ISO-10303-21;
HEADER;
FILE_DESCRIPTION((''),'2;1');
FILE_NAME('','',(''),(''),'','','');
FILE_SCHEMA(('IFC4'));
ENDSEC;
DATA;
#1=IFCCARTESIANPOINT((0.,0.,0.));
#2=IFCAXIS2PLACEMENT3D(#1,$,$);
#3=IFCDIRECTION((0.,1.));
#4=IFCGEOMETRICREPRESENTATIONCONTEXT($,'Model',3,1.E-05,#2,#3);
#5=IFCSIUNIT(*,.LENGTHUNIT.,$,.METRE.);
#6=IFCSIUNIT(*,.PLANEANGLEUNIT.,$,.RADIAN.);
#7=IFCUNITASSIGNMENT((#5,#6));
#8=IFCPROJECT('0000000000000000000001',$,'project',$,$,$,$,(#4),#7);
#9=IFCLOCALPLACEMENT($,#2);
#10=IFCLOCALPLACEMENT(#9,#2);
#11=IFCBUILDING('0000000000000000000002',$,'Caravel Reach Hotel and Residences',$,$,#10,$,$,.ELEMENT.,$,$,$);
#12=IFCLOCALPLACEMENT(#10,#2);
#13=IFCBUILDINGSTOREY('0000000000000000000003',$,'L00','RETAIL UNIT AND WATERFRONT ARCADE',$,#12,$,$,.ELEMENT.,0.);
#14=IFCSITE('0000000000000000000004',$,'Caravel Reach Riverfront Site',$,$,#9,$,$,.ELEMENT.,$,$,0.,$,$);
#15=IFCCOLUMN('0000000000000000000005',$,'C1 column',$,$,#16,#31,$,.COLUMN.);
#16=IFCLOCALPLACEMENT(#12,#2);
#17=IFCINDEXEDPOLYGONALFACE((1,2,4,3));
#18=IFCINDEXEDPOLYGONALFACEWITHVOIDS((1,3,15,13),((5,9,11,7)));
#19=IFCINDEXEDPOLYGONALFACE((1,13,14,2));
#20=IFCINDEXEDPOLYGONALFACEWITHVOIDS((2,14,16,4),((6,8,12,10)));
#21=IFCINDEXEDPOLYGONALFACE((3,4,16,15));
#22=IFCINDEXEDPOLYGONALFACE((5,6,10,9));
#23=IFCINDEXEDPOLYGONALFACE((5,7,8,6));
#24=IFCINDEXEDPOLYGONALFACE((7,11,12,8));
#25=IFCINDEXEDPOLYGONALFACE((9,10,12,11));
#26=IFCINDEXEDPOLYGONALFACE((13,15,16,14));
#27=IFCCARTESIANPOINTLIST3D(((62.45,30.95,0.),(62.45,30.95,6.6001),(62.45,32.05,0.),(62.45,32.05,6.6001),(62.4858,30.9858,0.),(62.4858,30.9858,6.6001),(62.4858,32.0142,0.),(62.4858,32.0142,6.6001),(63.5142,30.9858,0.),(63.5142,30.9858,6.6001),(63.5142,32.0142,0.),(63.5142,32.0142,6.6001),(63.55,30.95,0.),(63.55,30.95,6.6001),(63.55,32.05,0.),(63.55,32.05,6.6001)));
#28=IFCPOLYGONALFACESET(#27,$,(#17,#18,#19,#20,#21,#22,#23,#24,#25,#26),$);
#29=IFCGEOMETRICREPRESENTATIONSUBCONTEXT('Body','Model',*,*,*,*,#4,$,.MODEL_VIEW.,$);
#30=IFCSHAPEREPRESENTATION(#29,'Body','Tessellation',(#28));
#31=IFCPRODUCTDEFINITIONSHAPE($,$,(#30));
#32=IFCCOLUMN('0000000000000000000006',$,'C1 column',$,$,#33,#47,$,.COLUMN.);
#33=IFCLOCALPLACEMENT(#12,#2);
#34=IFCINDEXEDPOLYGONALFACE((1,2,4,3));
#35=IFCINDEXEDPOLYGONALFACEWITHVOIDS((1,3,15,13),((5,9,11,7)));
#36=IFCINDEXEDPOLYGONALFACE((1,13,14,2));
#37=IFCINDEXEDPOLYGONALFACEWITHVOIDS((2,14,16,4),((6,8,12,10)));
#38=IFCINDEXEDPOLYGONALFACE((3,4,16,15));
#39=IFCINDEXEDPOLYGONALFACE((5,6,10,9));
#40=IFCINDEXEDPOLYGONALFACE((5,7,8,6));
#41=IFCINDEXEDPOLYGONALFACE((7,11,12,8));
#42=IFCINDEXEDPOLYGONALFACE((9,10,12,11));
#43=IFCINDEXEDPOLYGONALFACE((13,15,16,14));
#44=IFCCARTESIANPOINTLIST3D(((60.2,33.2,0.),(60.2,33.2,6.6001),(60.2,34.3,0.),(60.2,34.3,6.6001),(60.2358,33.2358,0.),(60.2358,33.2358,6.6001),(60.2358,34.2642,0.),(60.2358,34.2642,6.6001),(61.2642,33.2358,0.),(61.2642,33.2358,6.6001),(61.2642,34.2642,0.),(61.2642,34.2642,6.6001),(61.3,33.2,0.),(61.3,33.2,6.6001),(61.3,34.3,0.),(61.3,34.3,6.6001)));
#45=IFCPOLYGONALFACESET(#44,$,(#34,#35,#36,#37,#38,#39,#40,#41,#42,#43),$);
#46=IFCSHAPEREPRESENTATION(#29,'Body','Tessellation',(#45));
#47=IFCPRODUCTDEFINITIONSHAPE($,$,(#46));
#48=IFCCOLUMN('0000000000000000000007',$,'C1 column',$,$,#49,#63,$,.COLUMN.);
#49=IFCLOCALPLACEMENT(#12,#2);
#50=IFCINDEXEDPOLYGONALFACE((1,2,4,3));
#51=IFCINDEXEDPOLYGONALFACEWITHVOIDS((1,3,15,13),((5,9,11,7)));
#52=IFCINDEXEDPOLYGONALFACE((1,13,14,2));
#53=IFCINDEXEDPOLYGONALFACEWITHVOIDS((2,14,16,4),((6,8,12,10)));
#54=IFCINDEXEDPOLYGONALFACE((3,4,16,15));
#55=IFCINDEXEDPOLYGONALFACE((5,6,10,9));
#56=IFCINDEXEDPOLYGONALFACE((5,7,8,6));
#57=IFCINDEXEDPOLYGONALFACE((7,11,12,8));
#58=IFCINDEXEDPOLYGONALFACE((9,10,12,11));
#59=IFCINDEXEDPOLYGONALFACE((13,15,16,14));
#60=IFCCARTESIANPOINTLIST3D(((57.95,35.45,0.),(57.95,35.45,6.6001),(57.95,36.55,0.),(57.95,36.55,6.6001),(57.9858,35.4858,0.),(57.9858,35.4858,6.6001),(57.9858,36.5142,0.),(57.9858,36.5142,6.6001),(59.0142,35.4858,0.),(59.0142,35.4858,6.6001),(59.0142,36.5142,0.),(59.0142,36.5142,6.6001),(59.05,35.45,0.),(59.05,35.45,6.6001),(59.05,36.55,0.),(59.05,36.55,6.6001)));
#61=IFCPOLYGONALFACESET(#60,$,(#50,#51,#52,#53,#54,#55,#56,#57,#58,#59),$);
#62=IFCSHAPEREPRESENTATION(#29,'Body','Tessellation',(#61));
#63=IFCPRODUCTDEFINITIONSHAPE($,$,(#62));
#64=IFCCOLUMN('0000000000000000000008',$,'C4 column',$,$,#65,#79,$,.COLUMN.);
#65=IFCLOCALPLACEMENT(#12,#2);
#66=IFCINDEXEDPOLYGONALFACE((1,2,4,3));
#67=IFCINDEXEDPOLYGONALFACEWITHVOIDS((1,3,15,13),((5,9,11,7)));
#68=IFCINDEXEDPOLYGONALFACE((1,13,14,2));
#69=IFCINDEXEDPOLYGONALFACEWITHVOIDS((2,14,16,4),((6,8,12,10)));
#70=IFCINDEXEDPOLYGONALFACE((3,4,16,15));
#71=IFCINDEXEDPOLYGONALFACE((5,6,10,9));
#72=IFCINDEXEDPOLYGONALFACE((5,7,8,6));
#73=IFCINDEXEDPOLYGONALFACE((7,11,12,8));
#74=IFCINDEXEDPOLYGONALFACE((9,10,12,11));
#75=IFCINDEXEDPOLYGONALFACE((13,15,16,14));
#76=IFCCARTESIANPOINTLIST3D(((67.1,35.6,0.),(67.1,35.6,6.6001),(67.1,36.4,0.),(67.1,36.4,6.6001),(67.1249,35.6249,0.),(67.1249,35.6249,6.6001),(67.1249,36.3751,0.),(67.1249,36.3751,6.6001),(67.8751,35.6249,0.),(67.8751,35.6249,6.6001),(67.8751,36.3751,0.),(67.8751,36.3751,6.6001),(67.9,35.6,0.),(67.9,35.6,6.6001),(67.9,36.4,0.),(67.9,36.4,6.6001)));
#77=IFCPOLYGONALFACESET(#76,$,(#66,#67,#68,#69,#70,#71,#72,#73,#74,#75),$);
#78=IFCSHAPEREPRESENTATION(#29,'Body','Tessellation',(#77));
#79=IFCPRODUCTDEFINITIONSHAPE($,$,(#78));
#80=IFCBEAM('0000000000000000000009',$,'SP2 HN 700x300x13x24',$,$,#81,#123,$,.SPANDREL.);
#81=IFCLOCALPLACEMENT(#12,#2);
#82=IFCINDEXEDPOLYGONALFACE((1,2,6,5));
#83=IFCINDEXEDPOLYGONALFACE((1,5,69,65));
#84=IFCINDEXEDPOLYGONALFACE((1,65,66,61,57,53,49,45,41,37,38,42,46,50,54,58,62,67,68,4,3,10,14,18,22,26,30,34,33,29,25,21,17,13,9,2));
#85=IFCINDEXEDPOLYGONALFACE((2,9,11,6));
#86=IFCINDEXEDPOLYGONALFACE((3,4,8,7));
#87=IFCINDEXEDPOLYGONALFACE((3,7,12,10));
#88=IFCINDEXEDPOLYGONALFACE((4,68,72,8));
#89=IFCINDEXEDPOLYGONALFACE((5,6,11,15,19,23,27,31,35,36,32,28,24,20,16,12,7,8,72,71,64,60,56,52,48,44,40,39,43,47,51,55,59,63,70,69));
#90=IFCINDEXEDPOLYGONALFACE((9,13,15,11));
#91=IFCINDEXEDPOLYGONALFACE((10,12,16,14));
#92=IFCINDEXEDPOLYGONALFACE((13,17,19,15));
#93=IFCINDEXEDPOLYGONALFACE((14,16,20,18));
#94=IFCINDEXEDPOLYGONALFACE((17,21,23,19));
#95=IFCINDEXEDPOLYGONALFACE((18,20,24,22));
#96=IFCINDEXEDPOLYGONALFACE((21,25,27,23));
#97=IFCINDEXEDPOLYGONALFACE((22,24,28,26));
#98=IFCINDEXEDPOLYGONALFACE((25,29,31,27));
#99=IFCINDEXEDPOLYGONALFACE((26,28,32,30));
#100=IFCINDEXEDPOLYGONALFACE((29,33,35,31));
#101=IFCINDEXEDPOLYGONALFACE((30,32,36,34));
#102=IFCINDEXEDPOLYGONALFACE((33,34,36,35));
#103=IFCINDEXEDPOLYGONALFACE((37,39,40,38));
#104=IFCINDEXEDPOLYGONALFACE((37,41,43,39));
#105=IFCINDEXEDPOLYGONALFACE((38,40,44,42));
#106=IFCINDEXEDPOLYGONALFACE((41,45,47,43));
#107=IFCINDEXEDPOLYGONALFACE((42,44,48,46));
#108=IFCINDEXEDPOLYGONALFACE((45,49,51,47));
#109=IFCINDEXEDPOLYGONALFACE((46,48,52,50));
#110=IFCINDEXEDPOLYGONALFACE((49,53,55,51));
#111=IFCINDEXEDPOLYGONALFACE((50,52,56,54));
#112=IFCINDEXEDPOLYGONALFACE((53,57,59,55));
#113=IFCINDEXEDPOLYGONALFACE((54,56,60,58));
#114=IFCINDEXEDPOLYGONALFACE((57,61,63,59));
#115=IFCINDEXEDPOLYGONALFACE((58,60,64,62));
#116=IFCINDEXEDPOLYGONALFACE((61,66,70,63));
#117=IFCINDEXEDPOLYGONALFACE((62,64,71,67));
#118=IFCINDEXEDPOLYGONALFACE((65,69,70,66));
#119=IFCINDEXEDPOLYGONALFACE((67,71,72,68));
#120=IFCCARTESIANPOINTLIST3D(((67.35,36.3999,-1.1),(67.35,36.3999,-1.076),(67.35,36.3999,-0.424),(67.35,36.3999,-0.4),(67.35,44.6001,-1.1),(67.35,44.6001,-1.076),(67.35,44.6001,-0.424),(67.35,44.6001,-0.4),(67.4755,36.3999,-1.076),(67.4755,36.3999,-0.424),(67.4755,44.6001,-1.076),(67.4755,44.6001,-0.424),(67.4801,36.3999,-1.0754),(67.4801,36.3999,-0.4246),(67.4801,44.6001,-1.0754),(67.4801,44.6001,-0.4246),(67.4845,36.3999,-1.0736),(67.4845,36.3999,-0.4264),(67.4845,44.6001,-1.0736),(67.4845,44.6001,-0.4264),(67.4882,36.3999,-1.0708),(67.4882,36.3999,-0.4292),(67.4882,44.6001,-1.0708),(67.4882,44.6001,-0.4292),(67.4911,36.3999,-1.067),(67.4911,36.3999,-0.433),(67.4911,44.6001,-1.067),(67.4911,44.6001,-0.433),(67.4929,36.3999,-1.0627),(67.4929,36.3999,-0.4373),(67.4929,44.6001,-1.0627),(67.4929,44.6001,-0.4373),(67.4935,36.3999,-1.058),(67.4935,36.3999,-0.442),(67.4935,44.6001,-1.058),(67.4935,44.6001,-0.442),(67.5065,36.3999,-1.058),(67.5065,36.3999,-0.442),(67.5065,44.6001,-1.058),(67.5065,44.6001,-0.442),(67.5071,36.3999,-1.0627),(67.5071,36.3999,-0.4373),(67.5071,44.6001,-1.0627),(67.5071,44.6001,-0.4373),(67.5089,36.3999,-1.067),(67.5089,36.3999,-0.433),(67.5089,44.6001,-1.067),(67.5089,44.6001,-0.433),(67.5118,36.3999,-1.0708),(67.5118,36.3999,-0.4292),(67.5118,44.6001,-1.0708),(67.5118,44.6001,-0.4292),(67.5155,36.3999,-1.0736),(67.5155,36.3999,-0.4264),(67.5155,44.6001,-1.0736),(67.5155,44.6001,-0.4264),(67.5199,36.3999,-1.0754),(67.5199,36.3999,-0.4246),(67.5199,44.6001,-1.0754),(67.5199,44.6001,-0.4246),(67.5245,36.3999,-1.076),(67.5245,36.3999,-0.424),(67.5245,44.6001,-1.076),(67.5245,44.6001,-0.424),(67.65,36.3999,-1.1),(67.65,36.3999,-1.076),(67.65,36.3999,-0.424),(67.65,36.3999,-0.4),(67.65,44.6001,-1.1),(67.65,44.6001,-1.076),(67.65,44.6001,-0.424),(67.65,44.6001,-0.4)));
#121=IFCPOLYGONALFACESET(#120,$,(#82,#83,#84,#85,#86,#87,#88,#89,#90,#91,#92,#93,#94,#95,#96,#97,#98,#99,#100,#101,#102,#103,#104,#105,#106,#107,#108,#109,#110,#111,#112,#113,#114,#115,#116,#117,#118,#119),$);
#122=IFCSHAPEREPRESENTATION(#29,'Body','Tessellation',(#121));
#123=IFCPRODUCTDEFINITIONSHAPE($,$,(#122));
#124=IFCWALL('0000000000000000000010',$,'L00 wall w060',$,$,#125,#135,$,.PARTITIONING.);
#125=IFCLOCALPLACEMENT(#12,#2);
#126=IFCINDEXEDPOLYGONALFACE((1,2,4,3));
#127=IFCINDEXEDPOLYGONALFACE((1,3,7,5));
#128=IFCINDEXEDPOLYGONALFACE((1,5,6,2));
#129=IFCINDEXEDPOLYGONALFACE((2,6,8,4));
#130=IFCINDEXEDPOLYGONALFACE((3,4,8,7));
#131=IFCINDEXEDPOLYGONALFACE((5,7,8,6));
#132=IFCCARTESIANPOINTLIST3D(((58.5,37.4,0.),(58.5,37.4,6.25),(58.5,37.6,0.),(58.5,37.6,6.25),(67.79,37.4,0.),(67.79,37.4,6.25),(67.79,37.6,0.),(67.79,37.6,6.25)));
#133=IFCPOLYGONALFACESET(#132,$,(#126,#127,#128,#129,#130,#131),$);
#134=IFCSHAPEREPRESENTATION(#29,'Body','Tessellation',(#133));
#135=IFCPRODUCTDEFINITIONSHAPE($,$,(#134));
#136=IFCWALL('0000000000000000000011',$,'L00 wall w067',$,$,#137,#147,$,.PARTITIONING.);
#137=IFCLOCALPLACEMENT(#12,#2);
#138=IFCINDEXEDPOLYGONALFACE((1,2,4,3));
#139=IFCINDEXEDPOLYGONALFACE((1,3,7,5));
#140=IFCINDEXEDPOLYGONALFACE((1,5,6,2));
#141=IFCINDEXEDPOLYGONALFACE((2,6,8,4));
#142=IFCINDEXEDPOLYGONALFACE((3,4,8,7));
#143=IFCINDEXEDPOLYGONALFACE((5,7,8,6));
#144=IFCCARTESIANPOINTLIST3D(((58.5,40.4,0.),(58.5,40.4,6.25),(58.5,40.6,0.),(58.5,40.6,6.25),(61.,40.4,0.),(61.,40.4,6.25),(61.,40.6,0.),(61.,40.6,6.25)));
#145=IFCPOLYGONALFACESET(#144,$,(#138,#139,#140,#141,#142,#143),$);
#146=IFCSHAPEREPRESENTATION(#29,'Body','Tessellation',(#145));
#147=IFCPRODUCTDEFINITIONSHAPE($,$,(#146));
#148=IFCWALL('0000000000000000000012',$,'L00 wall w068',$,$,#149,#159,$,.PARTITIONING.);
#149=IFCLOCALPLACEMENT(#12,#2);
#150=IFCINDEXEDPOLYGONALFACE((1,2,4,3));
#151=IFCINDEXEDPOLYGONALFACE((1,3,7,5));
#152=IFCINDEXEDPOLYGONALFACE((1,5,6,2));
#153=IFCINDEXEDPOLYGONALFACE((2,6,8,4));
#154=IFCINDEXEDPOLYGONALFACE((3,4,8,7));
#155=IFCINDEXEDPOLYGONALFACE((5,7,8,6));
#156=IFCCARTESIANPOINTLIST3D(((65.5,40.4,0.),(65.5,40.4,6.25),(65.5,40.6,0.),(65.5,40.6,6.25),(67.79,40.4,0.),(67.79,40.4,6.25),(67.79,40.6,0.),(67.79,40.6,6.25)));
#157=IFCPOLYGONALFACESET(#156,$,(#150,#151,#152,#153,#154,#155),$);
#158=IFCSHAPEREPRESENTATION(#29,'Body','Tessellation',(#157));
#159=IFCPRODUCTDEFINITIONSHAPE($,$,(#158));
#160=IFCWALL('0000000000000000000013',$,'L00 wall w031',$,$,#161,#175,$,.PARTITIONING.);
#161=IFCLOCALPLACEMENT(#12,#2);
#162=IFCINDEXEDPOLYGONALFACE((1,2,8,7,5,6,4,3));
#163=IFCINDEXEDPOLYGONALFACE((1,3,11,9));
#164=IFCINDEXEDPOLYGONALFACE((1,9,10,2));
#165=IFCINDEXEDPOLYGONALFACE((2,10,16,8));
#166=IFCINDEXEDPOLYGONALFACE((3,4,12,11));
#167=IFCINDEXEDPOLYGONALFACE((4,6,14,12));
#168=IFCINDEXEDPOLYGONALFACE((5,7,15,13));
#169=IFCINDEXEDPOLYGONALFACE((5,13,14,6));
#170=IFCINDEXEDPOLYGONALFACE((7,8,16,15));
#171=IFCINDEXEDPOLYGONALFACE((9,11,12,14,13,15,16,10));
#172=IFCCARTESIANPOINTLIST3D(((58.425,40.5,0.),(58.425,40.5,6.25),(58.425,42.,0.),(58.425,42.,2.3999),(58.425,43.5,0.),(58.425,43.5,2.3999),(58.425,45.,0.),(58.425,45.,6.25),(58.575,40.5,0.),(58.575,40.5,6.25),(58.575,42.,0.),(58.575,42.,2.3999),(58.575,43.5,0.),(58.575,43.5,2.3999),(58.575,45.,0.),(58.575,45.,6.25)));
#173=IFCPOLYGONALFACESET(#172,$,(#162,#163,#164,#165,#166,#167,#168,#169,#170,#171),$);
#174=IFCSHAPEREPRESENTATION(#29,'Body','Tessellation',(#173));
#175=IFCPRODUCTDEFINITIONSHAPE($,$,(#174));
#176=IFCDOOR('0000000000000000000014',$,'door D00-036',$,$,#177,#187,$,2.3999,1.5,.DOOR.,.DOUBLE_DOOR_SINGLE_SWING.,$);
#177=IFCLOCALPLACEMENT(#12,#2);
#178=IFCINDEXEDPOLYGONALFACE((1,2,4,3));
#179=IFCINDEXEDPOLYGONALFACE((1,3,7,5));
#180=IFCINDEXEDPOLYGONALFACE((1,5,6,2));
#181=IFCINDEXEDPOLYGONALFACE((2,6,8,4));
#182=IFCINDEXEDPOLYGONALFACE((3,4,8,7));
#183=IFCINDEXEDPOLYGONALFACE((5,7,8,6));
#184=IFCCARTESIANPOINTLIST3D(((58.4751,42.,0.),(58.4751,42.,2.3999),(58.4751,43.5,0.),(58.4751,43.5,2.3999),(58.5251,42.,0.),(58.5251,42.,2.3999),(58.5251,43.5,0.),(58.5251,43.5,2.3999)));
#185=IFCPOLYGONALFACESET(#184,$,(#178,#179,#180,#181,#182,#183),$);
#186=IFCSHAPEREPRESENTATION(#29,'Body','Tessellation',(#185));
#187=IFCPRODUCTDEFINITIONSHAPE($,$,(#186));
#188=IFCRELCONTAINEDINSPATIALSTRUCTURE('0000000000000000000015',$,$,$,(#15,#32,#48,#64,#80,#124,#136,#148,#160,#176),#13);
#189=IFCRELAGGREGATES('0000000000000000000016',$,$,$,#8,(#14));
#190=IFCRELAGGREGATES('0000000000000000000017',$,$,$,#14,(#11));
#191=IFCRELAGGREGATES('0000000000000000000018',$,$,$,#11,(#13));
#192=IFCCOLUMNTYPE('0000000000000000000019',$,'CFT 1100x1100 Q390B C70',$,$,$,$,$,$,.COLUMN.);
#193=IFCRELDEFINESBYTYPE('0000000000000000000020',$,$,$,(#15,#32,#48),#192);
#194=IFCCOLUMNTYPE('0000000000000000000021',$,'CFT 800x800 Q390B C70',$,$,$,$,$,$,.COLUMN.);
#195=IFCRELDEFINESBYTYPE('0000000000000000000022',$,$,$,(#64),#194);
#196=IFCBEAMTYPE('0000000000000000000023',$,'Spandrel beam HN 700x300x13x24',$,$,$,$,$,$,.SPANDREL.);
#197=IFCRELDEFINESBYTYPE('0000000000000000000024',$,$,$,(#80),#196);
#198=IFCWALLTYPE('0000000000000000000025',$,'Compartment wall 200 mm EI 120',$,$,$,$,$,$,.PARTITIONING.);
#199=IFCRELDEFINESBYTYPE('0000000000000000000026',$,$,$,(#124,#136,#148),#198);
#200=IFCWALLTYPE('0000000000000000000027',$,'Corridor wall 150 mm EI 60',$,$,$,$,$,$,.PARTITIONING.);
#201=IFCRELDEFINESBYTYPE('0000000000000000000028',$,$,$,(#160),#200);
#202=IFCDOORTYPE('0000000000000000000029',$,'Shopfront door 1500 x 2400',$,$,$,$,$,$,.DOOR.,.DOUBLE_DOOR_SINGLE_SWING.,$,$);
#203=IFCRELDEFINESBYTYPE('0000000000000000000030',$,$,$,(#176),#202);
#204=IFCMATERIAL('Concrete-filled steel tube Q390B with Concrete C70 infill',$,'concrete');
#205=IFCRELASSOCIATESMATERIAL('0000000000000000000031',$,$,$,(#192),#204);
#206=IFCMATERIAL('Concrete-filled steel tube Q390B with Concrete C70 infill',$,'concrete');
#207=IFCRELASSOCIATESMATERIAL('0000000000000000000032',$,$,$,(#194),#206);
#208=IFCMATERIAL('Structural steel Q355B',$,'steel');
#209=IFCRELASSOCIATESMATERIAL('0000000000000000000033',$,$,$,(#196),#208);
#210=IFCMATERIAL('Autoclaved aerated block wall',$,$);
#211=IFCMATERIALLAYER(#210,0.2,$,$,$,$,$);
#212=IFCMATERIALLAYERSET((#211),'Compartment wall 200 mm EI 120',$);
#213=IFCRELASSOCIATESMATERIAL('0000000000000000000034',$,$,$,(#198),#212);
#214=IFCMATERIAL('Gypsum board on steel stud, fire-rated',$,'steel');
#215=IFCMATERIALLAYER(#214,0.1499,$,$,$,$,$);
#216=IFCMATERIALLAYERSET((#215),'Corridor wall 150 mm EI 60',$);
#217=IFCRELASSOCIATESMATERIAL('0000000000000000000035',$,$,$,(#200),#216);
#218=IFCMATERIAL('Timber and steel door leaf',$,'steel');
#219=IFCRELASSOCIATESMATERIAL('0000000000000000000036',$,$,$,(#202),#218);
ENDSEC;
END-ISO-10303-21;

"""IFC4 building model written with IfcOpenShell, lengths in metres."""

from ifc_helpers import new_model, si_unit, direction, frame, frame_2d, origin, origin_2d, place, context, subcontext, project, spatial, rectangle, hollow_rectangle, i_section, extrude, material, layer, layer_set, material_profile, profile_set, type_object, element, fill, save


model = new_model("IFC4")

# Units and contexts
model_context = context("Model", 3, precision=1e-05, world=origin(), true_north=direction((0.0, 1.0)))
body_context = subcontext(model_context, "Body", "Model", "MODEL_VIEW")
ifc_project = project(units=[si_unit("LENGTHUNIT", "METRE"), si_unit("PLANEANGLEUNIT", "RADIAN")], contexts=[model_context])

# Site, building, storey
site_placement = place(None, origin())
site = spatial("IfcSite", under=ifc_project, at=site_placement, Name="Caravel Reach Riverfront Site", CompositionType="ELEMENT", RefElevation=0.0)
building_placement = place(site_placement, origin())
building = spatial("IfcBuilding", under=site, at=building_placement, Name="Caravel Reach Hotel and Residences", CompositionType="ELEMENT")
storey_placement = place(building_placement, origin())
storey = spatial("IfcBuildingStorey", under=building, at=storey_placement, Name="L00", Description="RETAIL UNIT AND WATERFRONT ARCADE", CompositionType="ELEMENT", Elevation=0.0)

# Columns
ifc_material_1 = material(Name="Concrete-filled steel tube Q390B with Concrete C70 infill", Category="concrete")
ifc_material_profile_1 = material_profile(ifc_material_1, hollow_rectangle(XDim=1.1001, YDim=1.1001, WallThickness=0.0359, at=origin_2d()), Name="RHS 1100x1100x36")
ifc_profile_set_1 = profile_set([ifc_material_profile_1], Name="Concrete-filled steel tube Q390B with Concrete C70 infill")
column_type_1 = type_object("IfcColumnType", Name="CFT 1100x1100 Q390B C70", PredefinedType="COLUMN", material=ifc_profile_set_1)
for number, where, z_axis, x_axis, name in (
    (1, (63.0, 31.5, 0.0), (0.0, 0.0, 1.0), (1.0, 0.0, 0.0), "C1 column"),
    (2, (60.75, 33.75, 0.0), (0.0, 0.0, 1.0), (1.0, 0.0, 0.0), "C1 column"),
    (3, (58.5, 36.0, 0.0), (0.0, 0.0, 1.0), (1.0, 0.0, 0.0), "C1 column"),
):
    element("IfcColumn", number, at=place(storey_placement, frame(where, z_axis=z_axis, x_axis=x_axis)), inside=storey, type_object=column_type_1, Name=name, PredefinedType="COLUMN", context=body_context, shape_type="SweptSolid", body=[
        extrude(hollow_rectangle(XDim=1.1001, YDim=1.1001, WallThickness=0.0359, at=origin_2d()), origin(), (0.0, 0.0, 1.0), 6.6001),
    ])
ifc_material_2 = material(Name="Concrete-filled steel tube Q390B with Concrete C70 infill", Category="concrete")
ifc_material_profile_2 = material_profile(ifc_material_2, hollow_rectangle(XDim=0.8, YDim=0.8, WallThickness=0.0249, at=origin_2d()), Name="RHS 800x800x25")
ifc_profile_set_2 = profile_set([ifc_material_profile_2], Name="Concrete-filled steel tube Q390B with Concrete C70 infill")
column_type_2 = type_object("IfcColumnType", Name="CFT 800x800 Q390B C70", PredefinedType="COLUMN", material=ifc_profile_set_2)
column_placement = place(storey_placement, frame((67.5, 36.0, 0.0), z_axis=(0.0, 0.0, 1.0), x_axis=(1.0, 0.0, 0.0)))
element("IfcColumn", 4, at=column_placement, inside=storey, type_object=column_type_2, Name="C4 column", PredefinedType="COLUMN", context=body_context, shape_type="SweptSolid", body=[
    extrude(hollow_rectangle(XDim=0.8, YDim=0.8, WallThickness=0.0249, at=origin_2d()), origin(), (0.0, 0.0, 1.0), 6.6001),
])

# Beam
ifc_material_3 = material(Name="Structural steel Q355B", Category="steel")
ifc_material_profile_3 = material_profile(ifc_material_3, i_section(OverallWidth=0.3, OverallDepth=0.7, WebThickness=0.0129, FlangeThickness=0.0239, FilletRadius=0.0181, at=origin_2d()), Name="HN 700x300x13x24")
ifc_profile_set_3 = profile_set([ifc_material_profile_3], Name="Structural steel Q355B")
beam_type = type_object("IfcBeamType", Name="Spandrel beam HN 700x300x13x24", PredefinedType="SPANDREL", material=ifc_profile_set_3)
beam_placement = place(storey_placement, frame((67.5, 36.3999, -0.75), z_axis=(0.0, 1.0, 0.0), x_axis=(-1.0, 0.0, 0.0)))
element("IfcBeam", 5, at=beam_placement, inside=storey, type_object=beam_type, Name="SP2 HN 700x300x13x24", PredefinedType="SPANDREL", context=body_context, shape_type="SweptSolid", body=[
    extrude(i_section(OverallWidth=0.3, OverallDepth=0.7, WebThickness=0.0129, FlangeThickness=0.0239, FilletRadius=0.0181, at=origin_2d()), origin(), (0.0, 0.0, 1.0), 8.2002),
])

# Walls
ifc_material_4 = material(Name="Autoclaved aerated block wall")
ifc_layer_1 = layer(ifc_material_4, 0.2)
ifc_layer_set_1 = layer_set([ifc_layer_1], Name="Compartment wall 200 mm EI 120")
wall_type_1 = type_object("IfcWallType", Name="Compartment wall 200 mm EI 120", PredefinedType="PARTITIONING", material=ifc_layer_set_1)
wall_1_placement = place(storey_placement, frame((58.5, 37.5, 0.0), z_axis=(0.0, 0.0, 1.0), x_axis=(1.0, 0.0, 0.0)))
element("IfcWall", 6, at=wall_1_placement, inside=storey, type_object=wall_type_1, Name="L00 wall w060", PredefinedType="PARTITIONING", context=body_context, shape_type="SweptSolid", body=[
    extrude(rectangle(XDim=9.29, YDim=0.2, at=frame_2d((4.645, 0.0))), origin(), (0.0, 0.0, 1.0), 6.25),
])
wall_2_placement = place(storey_placement, frame((58.5, 40.5, 0.0), z_axis=(0.0, 0.0, 1.0), x_axis=(1.0, 0.0, 0.0)))
element("IfcWall", 7, at=wall_2_placement, inside=storey, type_object=wall_type_1, Name="L00 wall w067", PredefinedType="PARTITIONING", context=body_context, shape_type="SweptSolid", body=[
    extrude(rectangle(XDim=2.5, YDim=0.2, at=frame_2d((1.25, 0.0))), origin(), (0.0, 0.0, 1.0), 6.25),
])
wall_3_placement = place(storey_placement, frame((65.5, 40.5, 0.0), z_axis=(0.0, 0.0, 1.0), x_axis=(1.0, 0.0, 0.0)))
element("IfcWall", 8, at=wall_3_placement, inside=storey, type_object=wall_type_1, Name="L00 wall w068", PredefinedType="PARTITIONING", context=body_context, shape_type="SweptSolid", body=[
    extrude(rectangle(XDim=2.29, YDim=0.2, at=frame_2d((1.145, 0.0))), origin(), (0.0, 0.0, 1.0), 6.25),
])

# Wall, opening, door
ifc_material_5 = material(Name="Gypsum board on steel stud, fire-rated", Category="steel")
ifc_layer_2 = layer(ifc_material_5, 0.1499)
ifc_layer_set_2 = layer_set([ifc_layer_2], Name="Corridor wall 150 mm EI 60")
wall_type_2 = type_object("IfcWallType", Name="Corridor wall 150 mm EI 60", PredefinedType="PARTITIONING", material=ifc_layer_set_2)
wall_4_placement = place(storey_placement, frame((58.5, 40.5, 0.0), z_axis=(0.0, 0.0, 1.0), x_axis=(0.0, 1.0, 0.0)))
wall_4 = element("IfcWall", 9, at=wall_4_placement, inside=storey, type_object=wall_type_2, Name="L00 wall w031", PredefinedType="PARTITIONING", context=body_context, shape_type="SweptSolid", body=[
    extrude(rectangle(XDim=4.5, YDim=0.1499, at=frame_2d((2.25, 0.0))), origin(), (0.0, 0.0, 1.0), 6.25),
])
opening_1_placement = place(wall_4_placement, frame((1.5, 0.0, 0.0)))
opening_1 = element("IfcOpeningElement", 10, at=opening_1_placement, cuts=wall_4, PredefinedType="OPENING", context=body_context, shape_type="SweptSolid", body=[
    extrude(rectangle(XDim=1.5, YDim=2.3999, at=frame_2d((0.75, 1.2))), frame((0.0, 0.085, 0.0), z_axis=(0.0, -1.0, 0.0), x_axis=(1.0, 0.0, 0.0)), (0.0, 0.0, 1.0), 0.1699),
])
ifc_material_6 = material(Name="Timber and steel door leaf", Category="steel")
door_type_1 = type_object("IfcDoorType", Name="Shopfront door 1500 x 2400", OperationType="DOUBLE_DOOR_SINGLE_SWING", PredefinedType="DOOR", material=ifc_material_6)
door_1_placement = place(opening_1_placement, origin())
door_1 = element("IfcDoor", 11, at=door_1_placement, inside=storey, type_object=door_type_1, Name="door D00-036", OperationType="DOUBLE_DOOR_SINGLE_SWING", OverallHeight=2.3999, OverallWidth=1.5, PredefinedType="DOOR", context=body_context, shape_type="SweptSolid", body=[
    extrude(rectangle(XDim=1.5, YDim=2.3999, at=frame_2d((0.75, 1.2))), frame((0.0, 0.0249, 0.0), z_axis=(0.0, -1.0, 0.0), x_axis=(1.0, 0.0, 0.0)), (0.0, 0.0, 1.0), 0.05),
])
fill(opening_1, door_1)

save(model, "model.ifc")
